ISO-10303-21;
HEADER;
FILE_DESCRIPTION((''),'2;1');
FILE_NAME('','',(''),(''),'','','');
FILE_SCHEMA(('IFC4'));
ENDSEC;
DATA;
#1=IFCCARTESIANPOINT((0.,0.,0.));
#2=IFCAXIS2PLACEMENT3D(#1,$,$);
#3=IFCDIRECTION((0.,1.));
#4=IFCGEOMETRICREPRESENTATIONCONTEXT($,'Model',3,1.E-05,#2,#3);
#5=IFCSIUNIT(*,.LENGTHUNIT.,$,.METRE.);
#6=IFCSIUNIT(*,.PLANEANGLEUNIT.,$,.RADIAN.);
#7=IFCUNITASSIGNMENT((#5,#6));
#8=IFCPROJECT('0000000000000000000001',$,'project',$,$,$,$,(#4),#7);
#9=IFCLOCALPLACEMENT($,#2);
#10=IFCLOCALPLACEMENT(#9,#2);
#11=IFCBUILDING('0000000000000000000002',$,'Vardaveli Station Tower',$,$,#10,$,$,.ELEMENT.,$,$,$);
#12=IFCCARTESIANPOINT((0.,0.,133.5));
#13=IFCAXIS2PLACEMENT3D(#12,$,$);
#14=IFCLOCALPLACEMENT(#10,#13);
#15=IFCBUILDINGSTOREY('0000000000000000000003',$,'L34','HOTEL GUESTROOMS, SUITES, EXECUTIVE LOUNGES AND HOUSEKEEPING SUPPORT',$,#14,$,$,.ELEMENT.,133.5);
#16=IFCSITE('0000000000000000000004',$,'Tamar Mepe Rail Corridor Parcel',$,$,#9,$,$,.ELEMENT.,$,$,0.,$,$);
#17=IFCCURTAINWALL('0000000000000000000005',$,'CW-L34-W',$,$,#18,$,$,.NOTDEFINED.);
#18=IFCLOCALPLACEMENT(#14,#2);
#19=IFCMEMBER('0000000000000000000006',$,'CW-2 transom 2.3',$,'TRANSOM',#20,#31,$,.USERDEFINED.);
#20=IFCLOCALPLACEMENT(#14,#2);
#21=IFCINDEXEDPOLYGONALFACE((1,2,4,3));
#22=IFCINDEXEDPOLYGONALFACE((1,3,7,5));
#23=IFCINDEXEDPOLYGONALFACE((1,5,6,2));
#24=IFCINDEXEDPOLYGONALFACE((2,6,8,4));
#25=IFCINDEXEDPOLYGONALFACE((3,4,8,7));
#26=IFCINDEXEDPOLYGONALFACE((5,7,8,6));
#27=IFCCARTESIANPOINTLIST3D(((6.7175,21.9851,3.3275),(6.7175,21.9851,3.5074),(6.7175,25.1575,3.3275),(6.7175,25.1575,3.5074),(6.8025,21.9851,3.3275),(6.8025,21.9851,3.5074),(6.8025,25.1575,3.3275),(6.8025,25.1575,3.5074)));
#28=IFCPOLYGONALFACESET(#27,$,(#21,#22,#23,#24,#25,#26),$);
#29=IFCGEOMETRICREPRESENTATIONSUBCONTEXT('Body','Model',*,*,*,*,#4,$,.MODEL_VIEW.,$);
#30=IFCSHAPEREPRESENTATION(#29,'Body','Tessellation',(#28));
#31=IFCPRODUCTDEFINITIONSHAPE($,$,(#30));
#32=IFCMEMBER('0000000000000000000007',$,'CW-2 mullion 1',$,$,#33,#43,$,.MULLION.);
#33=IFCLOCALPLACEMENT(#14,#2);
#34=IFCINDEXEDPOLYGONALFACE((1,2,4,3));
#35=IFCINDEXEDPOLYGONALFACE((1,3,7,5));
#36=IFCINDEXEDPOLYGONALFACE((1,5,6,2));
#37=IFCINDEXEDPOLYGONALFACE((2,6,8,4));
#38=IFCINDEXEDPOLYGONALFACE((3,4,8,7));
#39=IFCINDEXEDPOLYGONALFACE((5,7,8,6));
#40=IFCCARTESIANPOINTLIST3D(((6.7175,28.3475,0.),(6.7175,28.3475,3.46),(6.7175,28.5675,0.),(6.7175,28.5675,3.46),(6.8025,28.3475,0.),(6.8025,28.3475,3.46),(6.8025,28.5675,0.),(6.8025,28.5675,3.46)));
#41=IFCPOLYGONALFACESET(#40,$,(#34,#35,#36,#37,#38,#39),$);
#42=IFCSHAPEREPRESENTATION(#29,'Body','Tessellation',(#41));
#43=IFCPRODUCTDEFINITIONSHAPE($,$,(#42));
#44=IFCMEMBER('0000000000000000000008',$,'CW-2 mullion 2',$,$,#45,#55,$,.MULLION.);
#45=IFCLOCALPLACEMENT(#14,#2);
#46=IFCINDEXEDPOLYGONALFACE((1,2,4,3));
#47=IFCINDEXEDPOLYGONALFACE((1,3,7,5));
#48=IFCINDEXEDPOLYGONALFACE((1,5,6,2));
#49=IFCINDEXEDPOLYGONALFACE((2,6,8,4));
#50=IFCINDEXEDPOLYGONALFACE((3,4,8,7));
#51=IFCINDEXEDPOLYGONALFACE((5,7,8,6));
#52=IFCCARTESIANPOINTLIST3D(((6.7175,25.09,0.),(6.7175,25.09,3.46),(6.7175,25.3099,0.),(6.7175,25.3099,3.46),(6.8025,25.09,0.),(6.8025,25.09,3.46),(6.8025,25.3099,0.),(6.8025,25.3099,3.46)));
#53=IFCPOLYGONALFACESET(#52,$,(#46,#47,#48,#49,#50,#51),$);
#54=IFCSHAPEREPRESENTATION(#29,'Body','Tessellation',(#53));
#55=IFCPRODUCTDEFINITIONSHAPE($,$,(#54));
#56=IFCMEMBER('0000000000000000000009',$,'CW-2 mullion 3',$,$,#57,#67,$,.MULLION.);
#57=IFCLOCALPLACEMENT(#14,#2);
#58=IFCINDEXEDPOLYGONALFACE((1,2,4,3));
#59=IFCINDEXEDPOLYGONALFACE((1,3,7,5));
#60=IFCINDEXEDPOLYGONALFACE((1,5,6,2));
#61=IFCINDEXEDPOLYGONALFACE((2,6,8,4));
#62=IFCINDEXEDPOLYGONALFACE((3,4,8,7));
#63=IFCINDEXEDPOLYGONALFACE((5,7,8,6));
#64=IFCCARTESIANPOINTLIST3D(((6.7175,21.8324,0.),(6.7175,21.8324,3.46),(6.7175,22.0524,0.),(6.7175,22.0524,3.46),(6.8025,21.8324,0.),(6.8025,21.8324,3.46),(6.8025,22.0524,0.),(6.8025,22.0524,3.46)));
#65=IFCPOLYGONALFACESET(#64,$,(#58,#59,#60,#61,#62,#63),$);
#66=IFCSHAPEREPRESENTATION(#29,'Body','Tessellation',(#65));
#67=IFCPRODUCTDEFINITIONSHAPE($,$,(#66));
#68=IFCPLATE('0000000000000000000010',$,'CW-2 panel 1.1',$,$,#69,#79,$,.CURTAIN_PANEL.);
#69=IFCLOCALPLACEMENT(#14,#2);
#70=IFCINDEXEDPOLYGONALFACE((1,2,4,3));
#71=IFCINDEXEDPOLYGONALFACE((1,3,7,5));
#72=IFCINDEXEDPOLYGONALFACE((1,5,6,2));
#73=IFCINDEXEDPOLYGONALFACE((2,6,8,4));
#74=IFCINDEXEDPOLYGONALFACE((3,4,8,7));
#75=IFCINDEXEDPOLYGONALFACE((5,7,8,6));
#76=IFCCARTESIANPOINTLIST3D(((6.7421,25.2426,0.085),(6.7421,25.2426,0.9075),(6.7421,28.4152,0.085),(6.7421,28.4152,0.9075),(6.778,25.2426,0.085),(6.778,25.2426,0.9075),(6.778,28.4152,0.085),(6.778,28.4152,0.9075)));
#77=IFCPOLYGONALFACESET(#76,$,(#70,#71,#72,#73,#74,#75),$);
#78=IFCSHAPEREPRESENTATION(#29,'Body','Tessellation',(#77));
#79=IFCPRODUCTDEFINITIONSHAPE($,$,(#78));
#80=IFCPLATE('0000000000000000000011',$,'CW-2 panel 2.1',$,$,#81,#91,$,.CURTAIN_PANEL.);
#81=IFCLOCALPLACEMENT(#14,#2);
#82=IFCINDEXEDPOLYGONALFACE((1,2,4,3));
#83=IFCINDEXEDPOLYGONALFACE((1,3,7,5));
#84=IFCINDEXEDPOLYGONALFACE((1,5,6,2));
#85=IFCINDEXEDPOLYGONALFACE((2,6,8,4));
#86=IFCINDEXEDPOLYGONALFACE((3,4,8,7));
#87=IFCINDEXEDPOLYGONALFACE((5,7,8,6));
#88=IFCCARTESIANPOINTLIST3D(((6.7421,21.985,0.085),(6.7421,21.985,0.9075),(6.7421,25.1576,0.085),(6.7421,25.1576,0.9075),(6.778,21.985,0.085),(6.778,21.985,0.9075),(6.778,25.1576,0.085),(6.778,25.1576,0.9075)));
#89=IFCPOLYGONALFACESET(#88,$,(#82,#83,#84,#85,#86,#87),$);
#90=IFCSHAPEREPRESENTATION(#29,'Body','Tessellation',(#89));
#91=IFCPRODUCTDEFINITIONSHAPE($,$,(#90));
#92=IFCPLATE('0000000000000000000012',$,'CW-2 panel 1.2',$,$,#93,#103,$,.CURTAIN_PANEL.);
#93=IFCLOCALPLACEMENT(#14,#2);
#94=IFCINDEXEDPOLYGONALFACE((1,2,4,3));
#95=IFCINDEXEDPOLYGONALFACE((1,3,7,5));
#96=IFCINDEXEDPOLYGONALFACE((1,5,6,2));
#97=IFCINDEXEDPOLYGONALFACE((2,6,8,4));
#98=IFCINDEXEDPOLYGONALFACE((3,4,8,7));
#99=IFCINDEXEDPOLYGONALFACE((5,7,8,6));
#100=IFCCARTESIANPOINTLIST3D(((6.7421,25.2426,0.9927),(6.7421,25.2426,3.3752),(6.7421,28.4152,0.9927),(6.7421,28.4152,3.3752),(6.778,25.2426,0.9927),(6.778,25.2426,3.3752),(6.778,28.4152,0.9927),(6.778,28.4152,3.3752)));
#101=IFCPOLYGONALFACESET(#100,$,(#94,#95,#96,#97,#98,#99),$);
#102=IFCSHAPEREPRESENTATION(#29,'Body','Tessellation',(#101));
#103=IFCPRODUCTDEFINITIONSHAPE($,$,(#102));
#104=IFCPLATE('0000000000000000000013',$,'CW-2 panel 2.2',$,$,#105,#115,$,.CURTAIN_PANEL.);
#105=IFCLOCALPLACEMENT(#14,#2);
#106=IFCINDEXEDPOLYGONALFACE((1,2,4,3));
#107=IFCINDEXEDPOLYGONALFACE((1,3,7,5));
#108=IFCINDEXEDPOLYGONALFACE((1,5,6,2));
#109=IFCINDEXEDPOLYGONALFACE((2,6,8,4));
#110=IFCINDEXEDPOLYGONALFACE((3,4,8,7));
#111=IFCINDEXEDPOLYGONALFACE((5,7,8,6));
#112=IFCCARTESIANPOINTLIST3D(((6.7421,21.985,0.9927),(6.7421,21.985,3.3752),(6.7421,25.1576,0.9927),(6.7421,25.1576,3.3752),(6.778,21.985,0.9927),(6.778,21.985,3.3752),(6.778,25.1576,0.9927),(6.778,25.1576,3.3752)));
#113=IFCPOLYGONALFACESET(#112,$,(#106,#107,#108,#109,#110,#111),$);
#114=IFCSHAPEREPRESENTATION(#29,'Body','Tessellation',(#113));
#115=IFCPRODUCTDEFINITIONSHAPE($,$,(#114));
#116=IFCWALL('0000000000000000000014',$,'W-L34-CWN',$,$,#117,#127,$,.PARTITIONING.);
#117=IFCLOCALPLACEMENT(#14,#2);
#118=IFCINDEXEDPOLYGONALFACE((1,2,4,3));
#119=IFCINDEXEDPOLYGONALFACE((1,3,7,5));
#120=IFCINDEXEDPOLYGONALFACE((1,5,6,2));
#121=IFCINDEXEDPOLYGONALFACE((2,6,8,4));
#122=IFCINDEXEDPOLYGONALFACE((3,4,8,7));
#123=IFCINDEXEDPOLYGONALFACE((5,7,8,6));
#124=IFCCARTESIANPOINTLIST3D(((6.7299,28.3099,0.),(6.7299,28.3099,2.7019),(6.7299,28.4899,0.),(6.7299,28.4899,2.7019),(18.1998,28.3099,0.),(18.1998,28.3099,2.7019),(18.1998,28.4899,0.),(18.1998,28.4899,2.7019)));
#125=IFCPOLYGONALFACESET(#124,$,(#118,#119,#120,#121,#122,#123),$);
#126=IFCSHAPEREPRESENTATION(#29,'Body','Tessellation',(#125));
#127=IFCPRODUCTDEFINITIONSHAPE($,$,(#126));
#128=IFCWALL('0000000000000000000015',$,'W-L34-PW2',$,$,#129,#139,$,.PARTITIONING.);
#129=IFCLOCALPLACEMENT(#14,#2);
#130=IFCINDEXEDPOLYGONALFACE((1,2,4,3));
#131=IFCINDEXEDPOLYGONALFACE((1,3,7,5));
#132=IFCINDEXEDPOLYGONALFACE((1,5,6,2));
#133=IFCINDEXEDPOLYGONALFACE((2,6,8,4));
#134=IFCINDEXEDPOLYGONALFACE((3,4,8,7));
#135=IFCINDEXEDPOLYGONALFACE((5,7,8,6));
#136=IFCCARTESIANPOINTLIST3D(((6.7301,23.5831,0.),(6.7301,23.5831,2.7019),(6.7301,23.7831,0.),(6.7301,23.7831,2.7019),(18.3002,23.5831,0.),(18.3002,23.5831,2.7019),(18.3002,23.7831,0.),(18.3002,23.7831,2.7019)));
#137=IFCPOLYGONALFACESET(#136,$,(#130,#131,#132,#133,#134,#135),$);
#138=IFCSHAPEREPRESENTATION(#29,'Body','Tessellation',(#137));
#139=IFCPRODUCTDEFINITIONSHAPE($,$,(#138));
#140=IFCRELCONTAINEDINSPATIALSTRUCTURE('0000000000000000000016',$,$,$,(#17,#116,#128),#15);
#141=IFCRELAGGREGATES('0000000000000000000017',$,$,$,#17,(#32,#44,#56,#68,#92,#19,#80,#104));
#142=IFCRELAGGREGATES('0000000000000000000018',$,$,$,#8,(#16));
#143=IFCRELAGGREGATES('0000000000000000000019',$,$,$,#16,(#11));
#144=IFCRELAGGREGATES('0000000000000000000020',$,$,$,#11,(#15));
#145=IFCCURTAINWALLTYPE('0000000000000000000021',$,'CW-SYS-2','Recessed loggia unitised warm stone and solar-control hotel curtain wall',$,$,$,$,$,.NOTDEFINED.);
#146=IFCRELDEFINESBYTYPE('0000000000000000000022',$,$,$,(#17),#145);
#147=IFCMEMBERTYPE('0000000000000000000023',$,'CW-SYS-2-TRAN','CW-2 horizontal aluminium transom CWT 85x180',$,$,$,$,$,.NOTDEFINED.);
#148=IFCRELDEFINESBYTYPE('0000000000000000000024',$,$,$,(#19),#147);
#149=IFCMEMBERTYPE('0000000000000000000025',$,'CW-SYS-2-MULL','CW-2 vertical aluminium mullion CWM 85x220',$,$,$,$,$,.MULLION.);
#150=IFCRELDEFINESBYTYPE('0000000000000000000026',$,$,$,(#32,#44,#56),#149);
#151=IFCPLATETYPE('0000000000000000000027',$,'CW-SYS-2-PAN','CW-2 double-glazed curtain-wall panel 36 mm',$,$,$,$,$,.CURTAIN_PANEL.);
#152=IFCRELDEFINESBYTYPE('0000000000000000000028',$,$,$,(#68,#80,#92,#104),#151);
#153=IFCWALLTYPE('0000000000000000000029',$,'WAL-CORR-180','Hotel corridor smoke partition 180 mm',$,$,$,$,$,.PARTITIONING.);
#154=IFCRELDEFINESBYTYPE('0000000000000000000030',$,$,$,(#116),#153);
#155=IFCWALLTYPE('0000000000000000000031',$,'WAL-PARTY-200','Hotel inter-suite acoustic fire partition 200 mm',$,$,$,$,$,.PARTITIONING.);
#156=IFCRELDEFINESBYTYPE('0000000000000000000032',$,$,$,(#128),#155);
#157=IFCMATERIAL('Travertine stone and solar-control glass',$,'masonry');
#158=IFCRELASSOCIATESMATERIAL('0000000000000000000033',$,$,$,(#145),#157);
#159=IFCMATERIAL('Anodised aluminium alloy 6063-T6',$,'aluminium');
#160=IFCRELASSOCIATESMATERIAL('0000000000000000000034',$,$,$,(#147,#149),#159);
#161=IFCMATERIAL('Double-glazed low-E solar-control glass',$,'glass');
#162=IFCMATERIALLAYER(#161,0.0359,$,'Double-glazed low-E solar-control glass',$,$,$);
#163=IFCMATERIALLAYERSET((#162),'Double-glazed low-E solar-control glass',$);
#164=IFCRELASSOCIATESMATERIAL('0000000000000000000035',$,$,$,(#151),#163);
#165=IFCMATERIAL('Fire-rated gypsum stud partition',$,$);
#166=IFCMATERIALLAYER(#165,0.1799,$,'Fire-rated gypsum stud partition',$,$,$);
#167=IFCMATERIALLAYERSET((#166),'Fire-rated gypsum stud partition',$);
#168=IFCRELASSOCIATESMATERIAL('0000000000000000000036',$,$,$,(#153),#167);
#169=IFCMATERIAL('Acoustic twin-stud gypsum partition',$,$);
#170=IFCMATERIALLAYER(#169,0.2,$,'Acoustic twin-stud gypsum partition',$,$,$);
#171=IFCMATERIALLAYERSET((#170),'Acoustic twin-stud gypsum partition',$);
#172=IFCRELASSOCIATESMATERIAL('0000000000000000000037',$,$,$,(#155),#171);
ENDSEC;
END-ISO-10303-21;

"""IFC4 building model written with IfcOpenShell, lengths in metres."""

from ifc_helpers import new_model, si_unit, direction, frame, frame_2d, origin, origin_2d, place, context, subcontext, project, spatial, rectangle, extrude, source, transform, mapped, material, layer, layer_set, material_profile, profile_set, type_object, element, aggregate, save


model = new_model("IFC4")

# Units and contexts
model_context = context("Model", 3, precision=1e-05, world=origin(), true_north=direction((0.0, 1.0)))
body_context = subcontext(model_context, "Body", "Model", "MODEL_VIEW")
ifc_project = project(units=[si_unit("LENGTHUNIT", "METRE"), si_unit("PLANEANGLEUNIT", "RADIAN")], contexts=[model_context])

# Site, building, storey
site_placement = place(None, origin())
site = spatial("IfcSite", under=ifc_project, at=site_placement, Name="Tamar Mepe Rail Corridor Parcel", CompositionType="ELEMENT", RefElevation=0.0)
building_placement = place(site_placement, origin())
building = spatial("IfcBuilding", under=site, at=building_placement, Name="Vardaveli Station Tower", CompositionType="ELEMENT")
storey_placement = place(building_placement, frame((0.0, 0.0, 133.5)))
storey = spatial("IfcBuildingStorey", under=building, at=storey_placement, Name="L34", Description="HOTEL GUESTROOMS, SUITES, EXECUTIVE LOUNGES AND HOUSEKEEPING SUPPORT", CompositionType="ELEMENT", Elevation=133.5)

# Curtain wall, members, plates
ifc_material_1 = material(Name="Travertine stone and solar-control glass", Category="masonry")
curtain_wall_type = type_object("IfcCurtainWallType", Name="CW-SYS-2", Description="Recessed loggia unitised warm stone and solar-control hotel curtain wall", PredefinedType="NOTDEFINED", material=ifc_material_1)
curtain_wall_placement = place(storey_placement, origin())
curtain_wall = element("IfcCurtainWall", 1, at=curtain_wall_placement, inside=storey, type_object=curtain_wall_type, Name="CW-L34-W", PredefinedType="NOTDEFINED")
ifc_material_2 = material(Name="Anodised aluminium alloy 6063-T6", Category="aluminium")
ifc_material_profile_1 = material_profile(ifc_material_2, rectangle(XDim=0.085, YDim=0.1799, at=origin_2d()), Name="CWT 85x180")
ifc_profile_set_1 = profile_set([ifc_material_profile_1], Name="Anodised aluminium alloy 6063-T6")
member_type_1 = type_object("IfcMemberType", Name="CW-SYS-2-TRAN", Description="CW-2 horizontal aluminium transom CWT 85x180", PredefinedType="NOTDEFINED", material=ifc_profile_set_1)
shared_shape_1 = source(origin(), body_context, "Body", "SweptSolid", [
    extrude(rectangle(XDim=0.085, YDim=0.1799, at=origin_2d()), origin(), (0.0, 0.0, 1.0), 3.1724),
])
member_1_placement = place(storey_placement, frame((6.76, 25.1575, 3.4175), z_axis=(0.0, -1.0, 0.0), x_axis=(1.0, 0.0, 0.0)))
member_1 = element("IfcMember", 2, at=member_1_placement, type_object=member_type_1, Name="CW-2 transom 2.3", ObjectType="TRANSOM", PredefinedType="USERDEFINED", context=body_context, shape_type="MappedRepresentation", body=[
    mapped(shared_shape_1, transform((0.0, 0.0, 0.0), scale=1.0)),
])
ifc_material_profile_2 = material_profile(ifc_material_2, rectangle(XDim=0.085, YDim=0.22, at=origin_2d()), Name="CWM 85x220")
ifc_profile_set_2 = profile_set([ifc_material_profile_2], Name="Anodised aluminium alloy 6063-T6")
member_type_2 = type_object("IfcMemberType", Name="CW-SYS-2-MULL", Description="CW-2 vertical aluminium mullion CWM 85x220", PredefinedType="MULLION", material=ifc_profile_set_2)
shared_shape_2 = source(origin(), body_context, "Body", "SweptSolid", [
    extrude(rectangle(XDim=0.085, YDim=0.22, at=origin_2d()), origin(), (0.0, 0.0, 1.0), 3.46),
])
member_2_placement = place(storey_placement, frame((6.76, 28.4575, 0.0), z_axis=(0.0, 0.0, 1.0), x_axis=(1.0, 0.0, 0.0)))
member_2 = element("IfcMember", 3, at=member_2_placement, type_object=member_type_2, Name="CW-2 mullion 1", PredefinedType="MULLION", context=body_context, shape_type="MappedRepresentation", body=[
    mapped(shared_shape_2, transform((0.0, 0.0, 0.0), scale=1.0)),
])
member_3_placement = place(storey_placement, frame((6.76, 25.2, 0.0), z_axis=(0.0, 0.0, 1.0), x_axis=(1.0, 0.0, 0.0)))
member_3 = element("IfcMember", 4, at=member_3_placement, type_object=member_type_2, Name="CW-2 mullion 2", PredefinedType="MULLION", context=body_context, shape_type="MappedRepresentation", body=[
    mapped(shared_shape_2, transform((0.0, 0.0, 0.0), scale=1.0)),
])
member_4_placement = place(storey_placement, frame((6.76, 21.9424, 0.0), z_axis=(0.0, 0.0, 1.0), x_axis=(1.0, 0.0, 0.0)))
member_4 = element("IfcMember", 5, at=member_4_placement, type_object=member_type_2, Name="CW-2 mullion 3", PredefinedType="MULLION", context=body_context, shape_type="MappedRepresentation", body=[
    mapped(shared_shape_2, transform((0.0, 0.0, 0.0), scale=1.0)),
])
ifc_material_3 = material(Name="Double-glazed low-E solar-control glass", Category="glass")
ifc_layer_1 = layer(ifc_material_3, 0.0359, Name="Double-glazed low-E solar-control glass")
ifc_layer_set_1 = layer_set([ifc_layer_1], Name="Double-glazed low-E solar-control glass")
plate_type = type_object("IfcPlateType", Name="CW-SYS-2-PAN", Description="CW-2 double-glazed curtain-wall panel 36 mm", PredefinedType="CURTAIN_PANEL", material=ifc_layer_set_1)
shared_shape_3 = source(origin(), body_context, "Body", "SweptSolid", [
    extrude(rectangle(XDim=3.1726, YDim=0.0359, at=origin_2d()), origin(), (0.0, 0.0, 1.0), 0.8225),
])
plate_1_placement = place(storey_placement, frame((6.76, 26.8289, 0.085), z_axis=(0.0, 0.0, 1.0), x_axis=(0.0, -1.0, 0.0)))
plate_1 = element("IfcPlate", 6, at=plate_1_placement, type_object=plate_type, Name="CW-2 panel 1.1", PredefinedType="CURTAIN_PANEL", context=body_context, shape_type="MappedRepresentation", body=[
    mapped(shared_shape_3, transform((0.0, 0.0, 0.0), scale=1.0)),
])
plate_2_placement = place(storey_placement, frame((6.76, 23.5713, 0.085), z_axis=(0.0, 0.0, 1.0), x_axis=(0.0, -1.0, 0.0)))
plate_2 = element("IfcPlate", 7, at=plate_2_placement, type_object=plate_type, Name="CW-2 panel 2.1", PredefinedType="CURTAIN_PANEL", context=body_context, shape_type="MappedRepresentation", body=[
    mapped(shared_shape_3, transform((0.0, 0.0, 0.0), scale=1.0)),
])
shared_shape_4 = source(origin(), body_context, "Body", "SweptSolid", [
    extrude(rectangle(XDim=3.1726, YDim=0.0359, at=origin_2d()), origin(), (0.0, 0.0, 1.0), 2.3826),
])
plate_3_placement = place(storey_placement, frame((6.76, 26.8289, 0.9927), z_axis=(0.0, 0.0, 1.0), x_axis=(0.0, -1.0, 0.0)))
plate_3 = element("IfcPlate", 8, at=plate_3_placement, type_object=plate_type, Name="CW-2 panel 1.2", PredefinedType="CURTAIN_PANEL", context=body_context, shape_type="MappedRepresentation", body=[
    mapped(shared_shape_4, transform((0.0, 0.0, 0.0), scale=1.0)),
])
plate_4_placement = place(storey_placement, frame((6.76, 23.5713, 0.9927), z_axis=(0.0, 0.0, 1.0), x_axis=(0.0, -1.0, 0.0)))
plate_4 = element("IfcPlate", 9, at=plate_4_placement, type_object=plate_type, Name="CW-2 panel 2.2", PredefinedType="CURTAIN_PANEL", context=body_context, shape_type="MappedRepresentation", body=[
    mapped(shared_shape_4, transform((0.0, 0.0, 0.0), scale=1.0)),
])
aggregate(curtain_wall, [member_2, member_3, member_4, plate_1, plate_3, member_1, plate_2, plate_4])

# Walls
ifc_material_4 = material(Name="Fire-rated gypsum stud partition")
ifc_layer_2 = layer(ifc_material_4, 0.1799, Name="Fire-rated gypsum stud partition")
ifc_layer_set_2 = layer_set([ifc_layer_2], Name="Fire-rated gypsum stud partition")
wall_type_1 = type_object("IfcWallType", Name="WAL-CORR-180", Description="Hotel corridor smoke partition 180 mm", PredefinedType="PARTITIONING", material=ifc_layer_set_2)
shared_shape_5 = source(origin(), body_context, "Body", "SweptSolid", [
    extrude(rectangle(XDim=11.47, YDim=0.1799, at=frame_2d((5.7349, 0.0))), origin(), (0.0, 0.0, 1.0), 2.7019),
])
wall_1_placement = place(storey_placement, frame((6.73, 28.3999, 0.0), z_axis=(0.0, 0.0, 1.0), x_axis=(1.0, 0.0, 0.0)))
element("IfcWall", 10, at=wall_1_placement, inside=storey, type_object=wall_type_1, Name="W-L34-CWN", PredefinedType="PARTITIONING", context=body_context, shape_type="MappedRepresentation", body=[
    mapped(shared_shape_5, transform((0.0, 0.0, 0.0), scale=1.0)),
])
ifc_material_5 = material(Name="Acoustic twin-stud gypsum partition")
ifc_layer_3 = layer(ifc_material_5, 0.2, Name="Acoustic twin-stud gypsum partition")
ifc_layer_set_3 = layer_set([ifc_layer_3], Name="Acoustic twin-stud gypsum partition")
wall_type_2 = type_object("IfcWallType", Name="WAL-PARTY-200", Description="Hotel inter-suite acoustic fire partition 200 mm", PredefinedType="PARTITIONING", material=ifc_layer_set_3)
shared_shape_6 = source(origin(), body_context, "Body", "SweptSolid", [
    extrude(rectangle(XDim=11.5701, YDim=0.2, at=frame_2d((5.7852, 0.0))), origin(), (0.0, 0.0, 1.0), 2.7019),
])
wall_2_placement = place(storey_placement, frame((6.73, 23.6831, 0.0), z_axis=(0.0, 0.0, 1.0), x_axis=(1.0, 0.0, 0.0)))
element("IfcWall", 11, at=wall_2_placement, inside=storey, type_object=wall_type_2, Name="W-L34-PW2", PredefinedType="PARTITIONING", context=body_context, shape_type="MappedRepresentation", body=[
    mapped(shared_shape_6, transform((0.0, 0.0, 0.0), scale=1.0)),
])

save(model, "model.ifc")
